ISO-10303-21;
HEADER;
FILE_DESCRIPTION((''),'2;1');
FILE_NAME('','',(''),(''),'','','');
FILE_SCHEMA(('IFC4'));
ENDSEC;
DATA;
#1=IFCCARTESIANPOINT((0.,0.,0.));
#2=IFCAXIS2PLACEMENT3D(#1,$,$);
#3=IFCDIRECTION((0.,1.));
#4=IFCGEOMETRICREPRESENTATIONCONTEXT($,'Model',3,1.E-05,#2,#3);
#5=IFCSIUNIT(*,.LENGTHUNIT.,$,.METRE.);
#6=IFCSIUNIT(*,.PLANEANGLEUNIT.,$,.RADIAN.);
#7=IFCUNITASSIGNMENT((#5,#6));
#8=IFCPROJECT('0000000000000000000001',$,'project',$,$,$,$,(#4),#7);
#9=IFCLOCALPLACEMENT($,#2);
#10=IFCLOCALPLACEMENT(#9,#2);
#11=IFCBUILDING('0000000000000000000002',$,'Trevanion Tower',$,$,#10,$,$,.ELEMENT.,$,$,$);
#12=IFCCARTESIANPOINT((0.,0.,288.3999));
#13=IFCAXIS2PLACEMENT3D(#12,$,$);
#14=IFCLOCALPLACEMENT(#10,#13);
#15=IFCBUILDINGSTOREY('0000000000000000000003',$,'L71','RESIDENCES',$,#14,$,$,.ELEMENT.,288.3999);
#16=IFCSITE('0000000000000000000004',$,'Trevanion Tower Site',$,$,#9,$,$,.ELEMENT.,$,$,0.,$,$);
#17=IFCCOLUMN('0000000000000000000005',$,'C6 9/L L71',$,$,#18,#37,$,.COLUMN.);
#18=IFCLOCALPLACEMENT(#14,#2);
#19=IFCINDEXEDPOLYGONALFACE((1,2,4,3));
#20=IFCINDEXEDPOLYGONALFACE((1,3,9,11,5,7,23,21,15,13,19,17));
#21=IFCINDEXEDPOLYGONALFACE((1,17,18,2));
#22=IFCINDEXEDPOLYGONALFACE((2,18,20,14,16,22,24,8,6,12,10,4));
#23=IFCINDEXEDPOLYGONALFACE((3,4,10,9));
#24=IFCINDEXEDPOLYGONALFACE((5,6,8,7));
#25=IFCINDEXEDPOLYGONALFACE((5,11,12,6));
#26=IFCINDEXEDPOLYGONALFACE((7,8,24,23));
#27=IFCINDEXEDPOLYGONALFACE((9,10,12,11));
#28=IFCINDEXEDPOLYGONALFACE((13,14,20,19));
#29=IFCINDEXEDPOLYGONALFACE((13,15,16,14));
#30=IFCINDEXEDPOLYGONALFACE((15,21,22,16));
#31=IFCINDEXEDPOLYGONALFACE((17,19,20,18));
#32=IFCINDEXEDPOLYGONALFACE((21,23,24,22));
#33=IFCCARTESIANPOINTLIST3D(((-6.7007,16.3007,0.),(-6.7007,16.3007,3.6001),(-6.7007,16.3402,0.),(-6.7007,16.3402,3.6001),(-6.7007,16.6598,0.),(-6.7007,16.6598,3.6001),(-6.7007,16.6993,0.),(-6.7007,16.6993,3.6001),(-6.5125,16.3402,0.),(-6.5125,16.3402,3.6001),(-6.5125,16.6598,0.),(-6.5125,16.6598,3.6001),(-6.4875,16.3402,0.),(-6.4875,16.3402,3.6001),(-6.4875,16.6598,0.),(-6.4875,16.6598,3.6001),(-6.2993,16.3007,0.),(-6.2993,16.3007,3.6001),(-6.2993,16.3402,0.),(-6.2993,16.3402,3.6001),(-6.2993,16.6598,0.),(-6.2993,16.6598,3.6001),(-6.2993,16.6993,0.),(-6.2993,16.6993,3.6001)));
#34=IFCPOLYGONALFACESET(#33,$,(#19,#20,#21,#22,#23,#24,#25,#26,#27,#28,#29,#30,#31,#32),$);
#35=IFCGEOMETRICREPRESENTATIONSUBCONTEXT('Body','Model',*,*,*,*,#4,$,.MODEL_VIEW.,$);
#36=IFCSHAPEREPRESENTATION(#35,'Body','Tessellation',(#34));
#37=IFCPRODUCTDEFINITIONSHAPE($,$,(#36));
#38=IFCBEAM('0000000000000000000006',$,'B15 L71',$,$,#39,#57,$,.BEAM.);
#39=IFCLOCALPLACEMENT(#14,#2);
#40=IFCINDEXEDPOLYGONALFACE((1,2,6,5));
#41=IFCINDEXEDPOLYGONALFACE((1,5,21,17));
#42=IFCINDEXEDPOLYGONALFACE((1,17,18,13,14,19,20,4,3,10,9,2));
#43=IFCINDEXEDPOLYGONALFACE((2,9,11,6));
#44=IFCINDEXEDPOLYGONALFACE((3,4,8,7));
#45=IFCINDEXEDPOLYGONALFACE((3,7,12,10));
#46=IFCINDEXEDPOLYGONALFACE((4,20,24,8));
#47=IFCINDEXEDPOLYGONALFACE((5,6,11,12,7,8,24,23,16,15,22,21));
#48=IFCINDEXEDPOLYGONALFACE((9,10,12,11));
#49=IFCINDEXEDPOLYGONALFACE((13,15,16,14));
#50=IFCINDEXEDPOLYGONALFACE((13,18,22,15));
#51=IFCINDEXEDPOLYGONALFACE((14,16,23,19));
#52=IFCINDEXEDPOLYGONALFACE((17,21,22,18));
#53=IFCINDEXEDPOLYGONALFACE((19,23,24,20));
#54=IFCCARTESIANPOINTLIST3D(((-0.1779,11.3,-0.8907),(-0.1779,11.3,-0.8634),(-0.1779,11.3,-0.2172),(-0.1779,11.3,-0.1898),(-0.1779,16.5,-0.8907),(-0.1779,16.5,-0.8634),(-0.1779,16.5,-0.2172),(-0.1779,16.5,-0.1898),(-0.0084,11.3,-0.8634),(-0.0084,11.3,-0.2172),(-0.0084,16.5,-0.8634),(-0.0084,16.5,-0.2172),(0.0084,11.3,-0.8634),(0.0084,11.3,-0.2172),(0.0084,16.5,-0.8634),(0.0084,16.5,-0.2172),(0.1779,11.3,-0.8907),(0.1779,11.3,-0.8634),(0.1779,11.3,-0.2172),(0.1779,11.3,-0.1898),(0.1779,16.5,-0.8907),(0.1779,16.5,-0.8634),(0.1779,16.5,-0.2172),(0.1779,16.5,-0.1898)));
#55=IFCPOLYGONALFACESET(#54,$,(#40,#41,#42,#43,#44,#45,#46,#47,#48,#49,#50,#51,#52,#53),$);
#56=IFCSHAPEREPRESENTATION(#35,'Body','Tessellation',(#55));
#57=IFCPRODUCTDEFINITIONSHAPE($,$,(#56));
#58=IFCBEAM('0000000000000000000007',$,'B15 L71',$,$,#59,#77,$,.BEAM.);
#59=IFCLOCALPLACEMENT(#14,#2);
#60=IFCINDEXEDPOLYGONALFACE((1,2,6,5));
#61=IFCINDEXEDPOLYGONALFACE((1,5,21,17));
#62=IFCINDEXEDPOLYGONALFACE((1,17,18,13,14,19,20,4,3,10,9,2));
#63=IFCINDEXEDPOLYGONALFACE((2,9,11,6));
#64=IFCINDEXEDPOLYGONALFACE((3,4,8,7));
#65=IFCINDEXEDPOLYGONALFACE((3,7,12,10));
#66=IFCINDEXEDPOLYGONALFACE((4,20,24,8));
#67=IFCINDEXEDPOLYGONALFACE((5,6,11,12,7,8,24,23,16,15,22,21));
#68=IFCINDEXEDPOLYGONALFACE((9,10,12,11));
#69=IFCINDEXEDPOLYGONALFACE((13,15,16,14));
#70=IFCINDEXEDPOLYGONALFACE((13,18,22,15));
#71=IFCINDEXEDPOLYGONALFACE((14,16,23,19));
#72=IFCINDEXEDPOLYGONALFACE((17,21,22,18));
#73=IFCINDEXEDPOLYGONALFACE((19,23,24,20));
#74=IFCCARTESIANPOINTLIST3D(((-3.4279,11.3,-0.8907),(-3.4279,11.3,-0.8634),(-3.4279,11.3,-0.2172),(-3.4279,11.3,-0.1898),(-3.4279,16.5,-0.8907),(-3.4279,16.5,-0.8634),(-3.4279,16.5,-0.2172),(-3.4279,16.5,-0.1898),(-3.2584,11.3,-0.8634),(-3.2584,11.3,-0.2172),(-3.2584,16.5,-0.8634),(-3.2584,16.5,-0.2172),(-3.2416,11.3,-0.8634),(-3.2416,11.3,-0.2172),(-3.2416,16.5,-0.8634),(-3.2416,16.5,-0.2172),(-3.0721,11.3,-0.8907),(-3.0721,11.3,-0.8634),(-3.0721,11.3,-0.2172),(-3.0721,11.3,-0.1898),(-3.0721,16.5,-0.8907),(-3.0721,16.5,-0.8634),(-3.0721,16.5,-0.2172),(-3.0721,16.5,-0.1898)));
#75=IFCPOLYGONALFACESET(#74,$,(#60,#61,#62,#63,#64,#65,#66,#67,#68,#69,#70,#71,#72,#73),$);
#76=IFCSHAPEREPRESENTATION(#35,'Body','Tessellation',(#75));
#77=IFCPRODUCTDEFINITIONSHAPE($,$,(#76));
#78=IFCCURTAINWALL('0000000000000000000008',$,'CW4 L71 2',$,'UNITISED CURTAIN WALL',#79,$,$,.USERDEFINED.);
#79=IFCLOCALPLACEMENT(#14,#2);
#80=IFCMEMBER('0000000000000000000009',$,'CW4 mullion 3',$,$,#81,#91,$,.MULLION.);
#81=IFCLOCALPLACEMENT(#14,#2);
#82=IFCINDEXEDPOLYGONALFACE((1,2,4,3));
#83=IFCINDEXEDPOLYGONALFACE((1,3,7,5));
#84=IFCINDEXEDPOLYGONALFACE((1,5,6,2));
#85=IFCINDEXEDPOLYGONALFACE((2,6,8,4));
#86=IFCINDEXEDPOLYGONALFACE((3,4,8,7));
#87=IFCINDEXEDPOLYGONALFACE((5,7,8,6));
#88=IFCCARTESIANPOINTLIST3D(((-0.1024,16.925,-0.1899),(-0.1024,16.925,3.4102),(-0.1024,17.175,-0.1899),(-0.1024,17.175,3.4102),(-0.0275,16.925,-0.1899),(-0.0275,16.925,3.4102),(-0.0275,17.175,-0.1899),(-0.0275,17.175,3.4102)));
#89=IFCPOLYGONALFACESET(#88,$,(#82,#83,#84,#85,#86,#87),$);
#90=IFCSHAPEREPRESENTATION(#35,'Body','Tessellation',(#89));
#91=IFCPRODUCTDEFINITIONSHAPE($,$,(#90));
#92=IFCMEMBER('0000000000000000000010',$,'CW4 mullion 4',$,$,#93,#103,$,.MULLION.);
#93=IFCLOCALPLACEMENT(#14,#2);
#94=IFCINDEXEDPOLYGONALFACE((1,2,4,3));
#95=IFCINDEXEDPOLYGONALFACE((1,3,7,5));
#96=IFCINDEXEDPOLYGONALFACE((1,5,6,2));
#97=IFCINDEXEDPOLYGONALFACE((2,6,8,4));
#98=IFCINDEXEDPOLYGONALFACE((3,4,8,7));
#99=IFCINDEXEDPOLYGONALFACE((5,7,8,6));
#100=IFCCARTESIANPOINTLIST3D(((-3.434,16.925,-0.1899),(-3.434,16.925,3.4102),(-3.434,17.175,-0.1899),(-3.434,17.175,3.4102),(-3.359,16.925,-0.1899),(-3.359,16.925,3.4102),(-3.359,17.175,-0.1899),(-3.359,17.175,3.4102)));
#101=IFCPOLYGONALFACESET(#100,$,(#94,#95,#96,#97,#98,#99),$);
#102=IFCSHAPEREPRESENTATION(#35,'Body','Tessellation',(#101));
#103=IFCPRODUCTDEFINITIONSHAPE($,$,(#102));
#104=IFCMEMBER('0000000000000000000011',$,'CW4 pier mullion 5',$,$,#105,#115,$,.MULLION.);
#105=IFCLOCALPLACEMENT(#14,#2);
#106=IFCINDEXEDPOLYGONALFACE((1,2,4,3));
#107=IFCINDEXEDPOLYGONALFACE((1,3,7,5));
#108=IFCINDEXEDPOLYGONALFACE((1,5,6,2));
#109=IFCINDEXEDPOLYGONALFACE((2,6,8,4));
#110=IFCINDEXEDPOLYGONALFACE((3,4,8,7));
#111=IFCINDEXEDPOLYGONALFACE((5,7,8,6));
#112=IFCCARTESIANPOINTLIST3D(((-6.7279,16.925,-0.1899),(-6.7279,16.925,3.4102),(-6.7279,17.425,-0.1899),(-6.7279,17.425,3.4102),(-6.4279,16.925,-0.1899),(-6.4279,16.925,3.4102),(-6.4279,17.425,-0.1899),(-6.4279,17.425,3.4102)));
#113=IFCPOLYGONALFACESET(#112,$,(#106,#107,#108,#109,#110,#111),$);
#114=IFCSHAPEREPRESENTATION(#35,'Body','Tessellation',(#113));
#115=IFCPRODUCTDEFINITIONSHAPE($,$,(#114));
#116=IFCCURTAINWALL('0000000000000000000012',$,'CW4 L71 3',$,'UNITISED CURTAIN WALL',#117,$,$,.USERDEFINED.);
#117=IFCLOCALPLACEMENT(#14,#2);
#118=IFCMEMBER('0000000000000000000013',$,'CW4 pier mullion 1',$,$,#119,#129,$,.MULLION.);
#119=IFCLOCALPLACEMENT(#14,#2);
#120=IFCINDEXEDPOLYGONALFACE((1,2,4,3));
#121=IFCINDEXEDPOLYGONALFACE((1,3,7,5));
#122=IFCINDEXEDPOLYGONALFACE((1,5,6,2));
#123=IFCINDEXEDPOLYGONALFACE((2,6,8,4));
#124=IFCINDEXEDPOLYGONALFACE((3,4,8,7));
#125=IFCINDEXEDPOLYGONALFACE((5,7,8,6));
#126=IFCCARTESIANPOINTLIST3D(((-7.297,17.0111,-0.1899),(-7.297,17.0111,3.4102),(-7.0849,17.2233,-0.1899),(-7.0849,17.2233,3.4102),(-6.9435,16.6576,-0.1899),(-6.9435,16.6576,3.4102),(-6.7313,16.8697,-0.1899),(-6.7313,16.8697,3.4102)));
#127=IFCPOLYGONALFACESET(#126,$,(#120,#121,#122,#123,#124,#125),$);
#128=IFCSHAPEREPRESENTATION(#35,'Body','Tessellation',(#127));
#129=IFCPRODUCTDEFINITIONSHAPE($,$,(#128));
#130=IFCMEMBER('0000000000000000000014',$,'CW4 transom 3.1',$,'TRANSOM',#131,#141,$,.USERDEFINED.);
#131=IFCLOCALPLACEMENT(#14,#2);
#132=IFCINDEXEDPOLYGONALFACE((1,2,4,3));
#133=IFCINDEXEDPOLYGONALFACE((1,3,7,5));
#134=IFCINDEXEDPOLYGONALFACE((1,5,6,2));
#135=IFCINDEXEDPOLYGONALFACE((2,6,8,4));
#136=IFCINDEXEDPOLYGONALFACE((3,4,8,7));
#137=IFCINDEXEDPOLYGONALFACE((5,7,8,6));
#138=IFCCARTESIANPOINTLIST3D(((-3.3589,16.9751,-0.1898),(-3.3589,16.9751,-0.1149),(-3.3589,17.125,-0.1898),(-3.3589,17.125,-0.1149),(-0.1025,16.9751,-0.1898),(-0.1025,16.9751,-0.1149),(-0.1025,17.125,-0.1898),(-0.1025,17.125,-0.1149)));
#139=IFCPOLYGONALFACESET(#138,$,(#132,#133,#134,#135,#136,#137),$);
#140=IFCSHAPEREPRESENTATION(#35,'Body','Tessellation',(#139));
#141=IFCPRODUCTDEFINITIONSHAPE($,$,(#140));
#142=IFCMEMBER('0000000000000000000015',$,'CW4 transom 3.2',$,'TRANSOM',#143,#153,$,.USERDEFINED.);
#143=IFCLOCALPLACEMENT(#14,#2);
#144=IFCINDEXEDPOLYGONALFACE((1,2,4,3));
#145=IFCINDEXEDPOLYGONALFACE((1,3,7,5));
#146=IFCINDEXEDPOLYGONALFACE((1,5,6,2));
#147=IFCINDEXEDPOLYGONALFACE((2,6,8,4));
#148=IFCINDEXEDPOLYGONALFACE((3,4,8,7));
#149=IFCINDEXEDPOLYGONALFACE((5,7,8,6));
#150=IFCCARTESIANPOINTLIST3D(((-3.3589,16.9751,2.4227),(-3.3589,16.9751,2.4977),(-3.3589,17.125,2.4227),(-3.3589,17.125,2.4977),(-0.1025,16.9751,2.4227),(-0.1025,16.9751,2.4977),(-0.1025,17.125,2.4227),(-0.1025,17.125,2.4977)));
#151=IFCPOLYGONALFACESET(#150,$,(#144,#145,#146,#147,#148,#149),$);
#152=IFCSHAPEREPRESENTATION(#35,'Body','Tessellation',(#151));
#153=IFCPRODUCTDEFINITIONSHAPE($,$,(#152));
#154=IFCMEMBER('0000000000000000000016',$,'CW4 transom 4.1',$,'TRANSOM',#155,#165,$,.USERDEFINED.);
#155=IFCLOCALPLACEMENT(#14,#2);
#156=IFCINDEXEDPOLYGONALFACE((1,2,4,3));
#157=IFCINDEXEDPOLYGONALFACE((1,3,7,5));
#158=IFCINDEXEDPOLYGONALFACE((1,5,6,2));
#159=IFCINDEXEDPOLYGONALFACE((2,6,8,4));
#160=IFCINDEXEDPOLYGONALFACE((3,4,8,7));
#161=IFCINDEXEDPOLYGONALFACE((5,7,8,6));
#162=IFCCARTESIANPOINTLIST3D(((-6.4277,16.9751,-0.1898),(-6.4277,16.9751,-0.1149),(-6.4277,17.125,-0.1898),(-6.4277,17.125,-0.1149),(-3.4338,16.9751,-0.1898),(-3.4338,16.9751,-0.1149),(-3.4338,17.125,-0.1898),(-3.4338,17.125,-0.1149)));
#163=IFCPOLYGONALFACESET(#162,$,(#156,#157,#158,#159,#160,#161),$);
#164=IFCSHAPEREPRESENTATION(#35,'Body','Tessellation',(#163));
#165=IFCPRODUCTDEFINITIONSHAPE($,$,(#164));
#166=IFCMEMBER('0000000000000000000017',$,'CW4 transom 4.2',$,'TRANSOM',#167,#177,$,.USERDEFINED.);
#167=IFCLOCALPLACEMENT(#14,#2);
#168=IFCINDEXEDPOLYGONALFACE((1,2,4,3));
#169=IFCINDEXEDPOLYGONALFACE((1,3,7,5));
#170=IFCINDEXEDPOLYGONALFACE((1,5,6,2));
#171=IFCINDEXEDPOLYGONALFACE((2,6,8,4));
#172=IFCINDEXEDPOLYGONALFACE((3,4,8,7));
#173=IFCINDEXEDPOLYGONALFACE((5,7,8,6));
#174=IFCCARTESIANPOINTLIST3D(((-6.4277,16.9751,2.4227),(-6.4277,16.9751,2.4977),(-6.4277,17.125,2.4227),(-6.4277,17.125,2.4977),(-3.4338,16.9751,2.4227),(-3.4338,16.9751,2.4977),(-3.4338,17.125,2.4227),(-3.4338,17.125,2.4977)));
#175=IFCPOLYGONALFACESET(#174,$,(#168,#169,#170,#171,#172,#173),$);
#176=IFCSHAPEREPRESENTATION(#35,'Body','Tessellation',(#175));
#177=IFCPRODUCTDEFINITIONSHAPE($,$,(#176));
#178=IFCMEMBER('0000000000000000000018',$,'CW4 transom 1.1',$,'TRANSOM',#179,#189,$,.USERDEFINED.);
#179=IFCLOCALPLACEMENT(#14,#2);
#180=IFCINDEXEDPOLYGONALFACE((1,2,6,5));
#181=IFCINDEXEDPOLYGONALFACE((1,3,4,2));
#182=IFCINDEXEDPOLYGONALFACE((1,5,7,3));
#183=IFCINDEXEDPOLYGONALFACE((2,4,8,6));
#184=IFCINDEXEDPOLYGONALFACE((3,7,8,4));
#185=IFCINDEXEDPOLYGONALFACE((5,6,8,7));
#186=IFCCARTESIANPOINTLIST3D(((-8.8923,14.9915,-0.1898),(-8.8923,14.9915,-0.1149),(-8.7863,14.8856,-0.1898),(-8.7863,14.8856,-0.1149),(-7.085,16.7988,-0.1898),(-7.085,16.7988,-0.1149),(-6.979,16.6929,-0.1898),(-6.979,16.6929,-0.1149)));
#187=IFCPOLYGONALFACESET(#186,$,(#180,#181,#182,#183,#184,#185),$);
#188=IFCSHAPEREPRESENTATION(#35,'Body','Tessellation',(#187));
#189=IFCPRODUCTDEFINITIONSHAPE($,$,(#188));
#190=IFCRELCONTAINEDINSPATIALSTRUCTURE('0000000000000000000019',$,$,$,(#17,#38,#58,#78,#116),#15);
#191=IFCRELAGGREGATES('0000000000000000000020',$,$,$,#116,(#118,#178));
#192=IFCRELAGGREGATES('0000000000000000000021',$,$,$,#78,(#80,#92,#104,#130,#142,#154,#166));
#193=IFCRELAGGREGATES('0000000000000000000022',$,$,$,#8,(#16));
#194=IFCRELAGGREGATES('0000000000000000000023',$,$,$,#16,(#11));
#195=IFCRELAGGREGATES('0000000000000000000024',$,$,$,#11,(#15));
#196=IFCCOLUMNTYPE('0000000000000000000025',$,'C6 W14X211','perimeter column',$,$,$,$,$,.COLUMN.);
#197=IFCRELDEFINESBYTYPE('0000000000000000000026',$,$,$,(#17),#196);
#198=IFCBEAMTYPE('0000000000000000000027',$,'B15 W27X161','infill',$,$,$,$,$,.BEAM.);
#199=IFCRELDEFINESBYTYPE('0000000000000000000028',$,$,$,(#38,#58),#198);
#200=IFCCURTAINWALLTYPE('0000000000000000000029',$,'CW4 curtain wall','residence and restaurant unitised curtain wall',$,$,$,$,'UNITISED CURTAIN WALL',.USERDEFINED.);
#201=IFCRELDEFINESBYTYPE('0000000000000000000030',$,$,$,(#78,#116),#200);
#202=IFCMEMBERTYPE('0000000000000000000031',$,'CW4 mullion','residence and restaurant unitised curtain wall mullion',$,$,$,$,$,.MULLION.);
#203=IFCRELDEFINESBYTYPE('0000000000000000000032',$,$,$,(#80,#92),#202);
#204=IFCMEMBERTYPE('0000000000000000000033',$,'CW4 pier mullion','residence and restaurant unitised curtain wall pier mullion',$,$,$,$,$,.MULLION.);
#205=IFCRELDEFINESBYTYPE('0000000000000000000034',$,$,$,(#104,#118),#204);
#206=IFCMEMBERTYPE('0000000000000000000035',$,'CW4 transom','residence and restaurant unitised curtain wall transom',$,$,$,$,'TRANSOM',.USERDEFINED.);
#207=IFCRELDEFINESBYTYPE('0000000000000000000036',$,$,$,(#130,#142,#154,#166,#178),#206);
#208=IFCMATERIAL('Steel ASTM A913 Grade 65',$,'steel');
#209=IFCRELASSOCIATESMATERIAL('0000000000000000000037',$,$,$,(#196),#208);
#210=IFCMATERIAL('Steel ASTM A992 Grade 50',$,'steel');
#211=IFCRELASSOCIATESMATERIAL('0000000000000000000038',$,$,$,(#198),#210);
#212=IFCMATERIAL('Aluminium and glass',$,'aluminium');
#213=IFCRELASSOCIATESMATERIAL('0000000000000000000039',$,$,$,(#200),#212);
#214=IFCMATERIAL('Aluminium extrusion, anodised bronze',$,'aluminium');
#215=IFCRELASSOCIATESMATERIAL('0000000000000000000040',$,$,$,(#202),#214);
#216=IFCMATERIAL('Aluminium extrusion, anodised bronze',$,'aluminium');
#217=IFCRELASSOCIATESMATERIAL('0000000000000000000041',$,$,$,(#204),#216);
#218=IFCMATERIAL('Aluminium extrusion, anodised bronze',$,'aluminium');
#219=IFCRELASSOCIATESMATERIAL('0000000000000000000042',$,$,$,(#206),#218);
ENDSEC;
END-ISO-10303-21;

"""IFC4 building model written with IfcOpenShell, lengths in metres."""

from ifc_helpers import new_model, si_unit, direction, frame, origin, origin_2d, place, context, subcontext, project, spatial, rectangle, i_section, extrude, material, material_profile, profile_set, type_object, element, aggregate, save


model = new_model("IFC4")

# Units and contexts
model_context = context("Model", 3, precision=1e-05, world=origin(), true_north=direction((0.0, 1.0)))
body_context = subcontext(model_context, "Body", "Model", "MODEL_VIEW")
ifc_project = project(units=[si_unit("LENGTHUNIT", "METRE"), si_unit("PLANEANGLEUNIT", "RADIAN")], contexts=[model_context])

# Site, building, storey
site_placement = place(None, origin())
site = spatial("IfcSite", under=ifc_project, at=site_placement, Name="Trevanion Tower Site", CompositionType="ELEMENT", RefElevation=0.0)
building_placement = place(site_placement, origin())
building = spatial("IfcBuilding", under=site, at=building_placement, Name="Trevanion Tower", CompositionType="ELEMENT")
storey_placement = place(building_placement, frame((0.0, 0.0, 288.3999)))
storey = spatial("IfcBuildingStorey", under=building, at=storey_placement, Name="L71", Description="RESIDENCES", CompositionType="ELEMENT", Elevation=288.3999)

# Column
ifc_material_1 = material(Name="Steel ASTM A913 Grade 65", Category="steel")
ifc_material_profile_1 = material_profile(ifc_material_1, i_section(OverallWidth=0.4014, OverallDepth=0.3987, WebThickness=0.0249, FlangeThickness=0.0396, at=origin_2d()), Name="W14X211")
ifc_profile_set_1 = profile_set([ifc_material_profile_1], Name="Steel ASTM A913 Grade 65")
column_type = type_object("IfcColumnType", Name="C6 W14X211", Description="perimeter column", PredefinedType="COLUMN", material=ifc_profile_set_1)
column_placement = place(storey_placement, frame((-6.5, 16.5, 0.0), z_axis=(0.0, 0.0, 1.0), x_axis=(1.0, 0.0, 0.0)))
element("IfcColumn", 1, at=column_placement, inside=storey, type_object=column_type, Name="C6 9/L L71", PredefinedType="COLUMN", context=body_context, shape_type="SweptSolid", body=[
    extrude(i_section(OverallWidth=0.4014, OverallDepth=0.3987, WebThickness=0.0249, FlangeThickness=0.0396, at=origin_2d()), origin(), (0.0, 0.0, 1.0), 3.6001),
])

# Beams
ifc_material_2 = material(Name="Steel ASTM A992 Grade 50", Category="steel")
ifc_material_profile_2 = material_profile(ifc_material_2, i_section(OverallWidth=0.3557, OverallDepth=0.7009, WebThickness=0.0168, FlangeThickness=0.0273, at=origin_2d()), Name="W27X161")
ifc_profile_set_2 = profile_set([ifc_material_profile_2], Name="Steel ASTM A992 Grade 50")
beam_type_1 = type_object("IfcBeamType", Name="B15 W27X161", Description="infill", PredefinedType="BEAM", material=ifc_profile_set_2)
for number, where, z_axis, x_axis, name in (
    (2, (0.0, 11.3, -0.5403), (0.0, 1.0, 0.0), (-1.0, 0.0, 0.0), "B15 L71"),
    (3, (-3.25, 11.3, -0.5403), (0.0, 1.0, 0.0), (-1.0, 0.0, 0.0), "B15 L71"),
):
    element("IfcBeam", number, at=place(storey_placement, frame(where, z_axis=z_axis, x_axis=x_axis)), inside=storey, type_object=beam_type_1, Name=name, PredefinedType="BEAM", context=body_context, shape_type="SweptSolid", body=[
        extrude(i_section(OverallWidth=0.3557, OverallDepth=0.7009, WebThickness=0.0168, FlangeThickness=0.0273, at=origin_2d()), origin(), (0.0, 0.0, 1.0), 5.2),
    ])

# Curtain wall, members
ifc_material_3 = material(Name="Aluminium and glass", Category="aluminium")
curtain_wall_type = type_object("IfcCurtainWallType", Name="CW4 curtain wall", Description="residence and restaurant unitised curtain wall", ElementType="UNITISED CURTAIN WALL", PredefinedType="USERDEFINED", material=ifc_material_3)
curtain_wall_1_placement = place(storey_placement, origin())
curtain_wall_1 = element("IfcCurtainWall", 4, at=curtain_wall_1_placement, inside=storey, type_object=curtain_wall_type, Name="CW4 L71 2", ObjectType="UNITISED CURTAIN WALL", PredefinedType="USERDEFINED")
ifc_material_4 = material(Name="Aluminium extrusion, anodised bronze", Category="aluminium")
ifc_material_profile_3 = material_profile(ifc_material_4, rectangle(XDim=0.075, YDim=0.25, at=origin_2d()), Name="CW4 mullion")
ifc_profile_set_3 = profile_set([ifc_material_profile_3], Name="Aluminium extrusion, anodised bronze")
member_type_1 = type_object("IfcMemberType", Name="CW4 mullion", Description="residence and restaurant unitised curtain wall mullion", PredefinedType="MULLION", material=ifc_profile_set_3)
member_1_placement = place(storey_placement, frame((-0.0649, 17.05, -0.1899), z_axis=(0.0, 0.0, 1.0), x_axis=(-1.0, 0.0, 0.0)))
member_1 = element("IfcMember", 5, at=member_1_placement, type_object=member_type_1, Name="CW4 mullion 3", PredefinedType="MULLION", context=body_context, shape_type="SweptSolid", body=[
    extrude(rectangle(XDim=0.075, YDim=0.25, at=origin_2d()), origin(), (0.0, 0.0, 1.0), 3.6001),
])
member_2_placement = place(storey_placement, frame((-3.3965, 17.05, -0.1899), z_axis=(0.0, 0.0, 1.0), x_axis=(-1.0, 0.0, 0.0)))
member_2 = element("IfcMember", 6, at=member_2_placement, type_object=member_type_1, Name="CW4 mullion 4", PredefinedType="MULLION", context=body_context, shape_type="SweptSolid", body=[
    extrude(rectangle(XDim=0.075, YDim=0.25, at=origin_2d()), origin(), (0.0, 0.0, 1.0), 3.6001),
])
ifc_material_5 = material(Name="Aluminium extrusion, anodised bronze", Category="aluminium")
ifc_material_profile_4 = material_profile(ifc_material_5, rectangle(XDim=0.3, YDim=0.5, at=origin_2d()), Name="CW4 pier mullion")
ifc_profile_set_4 = profile_set([ifc_material_profile_4], Name="Aluminium extrusion, anodised bronze")
member_type_2 = type_object("IfcMemberType", Name="CW4 pier mullion", Description="residence and restaurant unitised curtain wall pier mullion", PredefinedType="MULLION", material=ifc_profile_set_4)
member_3_placement = place(storey_placement, frame((-6.5779, 17.175, -0.1899), z_axis=(0.0, 0.0, 1.0), x_axis=(-1.0, 0.0, 0.0)))
member_3 = element("IfcMember", 7, at=member_3_placement, type_object=member_type_2, Name="CW4 pier mullion 5", PredefinedType="MULLION", context=body_context, shape_type="SweptSolid", body=[
    extrude(rectangle(XDim=0.3, YDim=0.5, at=origin_2d()), origin(), (0.0, 0.0, 1.0), 3.6001),
])

# Curtain wall, member
curtain_wall_2_placement = place(storey_placement, origin())
curtain_wall_2 = element("IfcCurtainWall", 8, at=curtain_wall_2_placement, inside=storey, type_object=curtain_wall_type, Name="CW4 L71 3", ObjectType="UNITISED CURTAIN WALL", PredefinedType="USERDEFINED")
member_4_placement = place(storey_placement, frame((-7.0142, 16.9404, -0.1899), z_axis=(0.0, 0.0, 1.0), x_axis=(-0.707107, -0.707107, 0.0)))
member_4 = element("IfcMember", 9, at=member_4_placement, type_object=member_type_2, Name="CW4 pier mullion 1", PredefinedType="MULLION", context=body_context, shape_type="SweptSolid", body=[
    extrude(rectangle(XDim=0.3, YDim=0.5, at=origin_2d()), origin(), (0.0, 0.0, 1.0), 3.6001),
])

# Members
ifc_material_6 = material(Name="Aluminium extrusion, anodised bronze", Category="aluminium")
ifc_material_profile_5 = material_profile(ifc_material_6, rectangle(XDim=0.1499, YDim=0.075, at=origin_2d()), Name="CW4 transom")
ifc_profile_set_5 = profile_set([ifc_material_profile_5], Name="Aluminium extrusion, anodised bronze")
member_type_3 = type_object("IfcMemberType", Name="CW4 transom", Description="residence and restaurant unitised curtain wall transom", ElementType="TRANSOM", PredefinedType="USERDEFINED", material=ifc_profile_set_5)
member_5_placement = place(storey_placement, frame((-0.1025, 17.05, -0.1523), z_axis=(-1.0, 0.0, 0.0), x_axis=(0.0, -1.0, 0.0)))
member_5 = element("IfcMember", 10, at=member_5_placement, type_object=member_type_3, Name="CW4 transom 3.1", ObjectType="TRANSOM", PredefinedType="USERDEFINED", context=body_context, shape_type="SweptSolid", body=[
    extrude(rectangle(XDim=0.1499, YDim=0.075, at=origin_2d()), origin(), (0.0, 0.0, 1.0), 3.2563),
])
member_6_placement = place(storey_placement, frame((-0.1025, 17.05, 2.4602), z_axis=(-1.0, 0.0, 0.0), x_axis=(0.0, -1.0, 0.0)))
member_6 = element("IfcMember", 11, at=member_6_placement, type_object=member_type_3, Name="CW4 transom 3.2", ObjectType="TRANSOM", PredefinedType="USERDEFINED", context=body_context, shape_type="SweptSolid", body=[
    extrude(rectangle(XDim=0.1499, YDim=0.075, at=origin_2d()), origin(), (0.0, 0.0, 1.0), 3.2563),
])
member_7_placement = place(storey_placement, frame((-3.4338, 17.05, -0.1523), z_axis=(-1.0, 0.0, 0.0), x_axis=(0.0, -1.0, 0.0)))
member_7 = element("IfcMember", 12, at=member_7_placement, type_object=member_type_3, Name="CW4 transom 4.1", ObjectType="TRANSOM", PredefinedType="USERDEFINED", context=body_context, shape_type="SweptSolid", body=[
    extrude(rectangle(XDim=0.1499, YDim=0.075, at=origin_2d()), origin(), (0.0, 0.0, 1.0), 2.9939),
])
member_8_placement = place(storey_placement, frame((-3.4338, 17.05, 2.4602), z_axis=(-1.0, 0.0, 0.0), x_axis=(0.0, -1.0, 0.0)))
member_8 = element("IfcMember", 13, at=member_8_placement, type_object=member_type_3, Name="CW4 transom 4.2", ObjectType="TRANSOM", PredefinedType="USERDEFINED", context=body_context, shape_type="SweptSolid", body=[
    extrude(rectangle(XDim=0.1499, YDim=0.075, at=origin_2d()), origin(), (0.0, 0.0, 1.0), 2.9939),
])
member_9_placement = place(storey_placement, frame((-7.032, 16.7458, -0.1523), z_axis=(-0.707107, -0.707107, 0.0), x_axis=(0.707107, -0.707107, 0.0)))
member_9 = element("IfcMember", 14, at=member_9_placement, type_object=member_type_3, Name="CW4 transom 1.1", ObjectType="TRANSOM", PredefinedType="USERDEFINED", context=body_context, shape_type="SweptSolid", body=[
    extrude(rectangle(XDim=0.1499, YDim=0.075, at=origin_2d()), origin(), (0.0, 0.0, 1.0), 2.5559),
])
aggregate(curtain_wall_2, [member_4, member_9])

aggregate(curtain_wall_1, [member_1, member_2, member_3, member_5, member_6, member_7, member_8])

save(model, "model.ifc")
